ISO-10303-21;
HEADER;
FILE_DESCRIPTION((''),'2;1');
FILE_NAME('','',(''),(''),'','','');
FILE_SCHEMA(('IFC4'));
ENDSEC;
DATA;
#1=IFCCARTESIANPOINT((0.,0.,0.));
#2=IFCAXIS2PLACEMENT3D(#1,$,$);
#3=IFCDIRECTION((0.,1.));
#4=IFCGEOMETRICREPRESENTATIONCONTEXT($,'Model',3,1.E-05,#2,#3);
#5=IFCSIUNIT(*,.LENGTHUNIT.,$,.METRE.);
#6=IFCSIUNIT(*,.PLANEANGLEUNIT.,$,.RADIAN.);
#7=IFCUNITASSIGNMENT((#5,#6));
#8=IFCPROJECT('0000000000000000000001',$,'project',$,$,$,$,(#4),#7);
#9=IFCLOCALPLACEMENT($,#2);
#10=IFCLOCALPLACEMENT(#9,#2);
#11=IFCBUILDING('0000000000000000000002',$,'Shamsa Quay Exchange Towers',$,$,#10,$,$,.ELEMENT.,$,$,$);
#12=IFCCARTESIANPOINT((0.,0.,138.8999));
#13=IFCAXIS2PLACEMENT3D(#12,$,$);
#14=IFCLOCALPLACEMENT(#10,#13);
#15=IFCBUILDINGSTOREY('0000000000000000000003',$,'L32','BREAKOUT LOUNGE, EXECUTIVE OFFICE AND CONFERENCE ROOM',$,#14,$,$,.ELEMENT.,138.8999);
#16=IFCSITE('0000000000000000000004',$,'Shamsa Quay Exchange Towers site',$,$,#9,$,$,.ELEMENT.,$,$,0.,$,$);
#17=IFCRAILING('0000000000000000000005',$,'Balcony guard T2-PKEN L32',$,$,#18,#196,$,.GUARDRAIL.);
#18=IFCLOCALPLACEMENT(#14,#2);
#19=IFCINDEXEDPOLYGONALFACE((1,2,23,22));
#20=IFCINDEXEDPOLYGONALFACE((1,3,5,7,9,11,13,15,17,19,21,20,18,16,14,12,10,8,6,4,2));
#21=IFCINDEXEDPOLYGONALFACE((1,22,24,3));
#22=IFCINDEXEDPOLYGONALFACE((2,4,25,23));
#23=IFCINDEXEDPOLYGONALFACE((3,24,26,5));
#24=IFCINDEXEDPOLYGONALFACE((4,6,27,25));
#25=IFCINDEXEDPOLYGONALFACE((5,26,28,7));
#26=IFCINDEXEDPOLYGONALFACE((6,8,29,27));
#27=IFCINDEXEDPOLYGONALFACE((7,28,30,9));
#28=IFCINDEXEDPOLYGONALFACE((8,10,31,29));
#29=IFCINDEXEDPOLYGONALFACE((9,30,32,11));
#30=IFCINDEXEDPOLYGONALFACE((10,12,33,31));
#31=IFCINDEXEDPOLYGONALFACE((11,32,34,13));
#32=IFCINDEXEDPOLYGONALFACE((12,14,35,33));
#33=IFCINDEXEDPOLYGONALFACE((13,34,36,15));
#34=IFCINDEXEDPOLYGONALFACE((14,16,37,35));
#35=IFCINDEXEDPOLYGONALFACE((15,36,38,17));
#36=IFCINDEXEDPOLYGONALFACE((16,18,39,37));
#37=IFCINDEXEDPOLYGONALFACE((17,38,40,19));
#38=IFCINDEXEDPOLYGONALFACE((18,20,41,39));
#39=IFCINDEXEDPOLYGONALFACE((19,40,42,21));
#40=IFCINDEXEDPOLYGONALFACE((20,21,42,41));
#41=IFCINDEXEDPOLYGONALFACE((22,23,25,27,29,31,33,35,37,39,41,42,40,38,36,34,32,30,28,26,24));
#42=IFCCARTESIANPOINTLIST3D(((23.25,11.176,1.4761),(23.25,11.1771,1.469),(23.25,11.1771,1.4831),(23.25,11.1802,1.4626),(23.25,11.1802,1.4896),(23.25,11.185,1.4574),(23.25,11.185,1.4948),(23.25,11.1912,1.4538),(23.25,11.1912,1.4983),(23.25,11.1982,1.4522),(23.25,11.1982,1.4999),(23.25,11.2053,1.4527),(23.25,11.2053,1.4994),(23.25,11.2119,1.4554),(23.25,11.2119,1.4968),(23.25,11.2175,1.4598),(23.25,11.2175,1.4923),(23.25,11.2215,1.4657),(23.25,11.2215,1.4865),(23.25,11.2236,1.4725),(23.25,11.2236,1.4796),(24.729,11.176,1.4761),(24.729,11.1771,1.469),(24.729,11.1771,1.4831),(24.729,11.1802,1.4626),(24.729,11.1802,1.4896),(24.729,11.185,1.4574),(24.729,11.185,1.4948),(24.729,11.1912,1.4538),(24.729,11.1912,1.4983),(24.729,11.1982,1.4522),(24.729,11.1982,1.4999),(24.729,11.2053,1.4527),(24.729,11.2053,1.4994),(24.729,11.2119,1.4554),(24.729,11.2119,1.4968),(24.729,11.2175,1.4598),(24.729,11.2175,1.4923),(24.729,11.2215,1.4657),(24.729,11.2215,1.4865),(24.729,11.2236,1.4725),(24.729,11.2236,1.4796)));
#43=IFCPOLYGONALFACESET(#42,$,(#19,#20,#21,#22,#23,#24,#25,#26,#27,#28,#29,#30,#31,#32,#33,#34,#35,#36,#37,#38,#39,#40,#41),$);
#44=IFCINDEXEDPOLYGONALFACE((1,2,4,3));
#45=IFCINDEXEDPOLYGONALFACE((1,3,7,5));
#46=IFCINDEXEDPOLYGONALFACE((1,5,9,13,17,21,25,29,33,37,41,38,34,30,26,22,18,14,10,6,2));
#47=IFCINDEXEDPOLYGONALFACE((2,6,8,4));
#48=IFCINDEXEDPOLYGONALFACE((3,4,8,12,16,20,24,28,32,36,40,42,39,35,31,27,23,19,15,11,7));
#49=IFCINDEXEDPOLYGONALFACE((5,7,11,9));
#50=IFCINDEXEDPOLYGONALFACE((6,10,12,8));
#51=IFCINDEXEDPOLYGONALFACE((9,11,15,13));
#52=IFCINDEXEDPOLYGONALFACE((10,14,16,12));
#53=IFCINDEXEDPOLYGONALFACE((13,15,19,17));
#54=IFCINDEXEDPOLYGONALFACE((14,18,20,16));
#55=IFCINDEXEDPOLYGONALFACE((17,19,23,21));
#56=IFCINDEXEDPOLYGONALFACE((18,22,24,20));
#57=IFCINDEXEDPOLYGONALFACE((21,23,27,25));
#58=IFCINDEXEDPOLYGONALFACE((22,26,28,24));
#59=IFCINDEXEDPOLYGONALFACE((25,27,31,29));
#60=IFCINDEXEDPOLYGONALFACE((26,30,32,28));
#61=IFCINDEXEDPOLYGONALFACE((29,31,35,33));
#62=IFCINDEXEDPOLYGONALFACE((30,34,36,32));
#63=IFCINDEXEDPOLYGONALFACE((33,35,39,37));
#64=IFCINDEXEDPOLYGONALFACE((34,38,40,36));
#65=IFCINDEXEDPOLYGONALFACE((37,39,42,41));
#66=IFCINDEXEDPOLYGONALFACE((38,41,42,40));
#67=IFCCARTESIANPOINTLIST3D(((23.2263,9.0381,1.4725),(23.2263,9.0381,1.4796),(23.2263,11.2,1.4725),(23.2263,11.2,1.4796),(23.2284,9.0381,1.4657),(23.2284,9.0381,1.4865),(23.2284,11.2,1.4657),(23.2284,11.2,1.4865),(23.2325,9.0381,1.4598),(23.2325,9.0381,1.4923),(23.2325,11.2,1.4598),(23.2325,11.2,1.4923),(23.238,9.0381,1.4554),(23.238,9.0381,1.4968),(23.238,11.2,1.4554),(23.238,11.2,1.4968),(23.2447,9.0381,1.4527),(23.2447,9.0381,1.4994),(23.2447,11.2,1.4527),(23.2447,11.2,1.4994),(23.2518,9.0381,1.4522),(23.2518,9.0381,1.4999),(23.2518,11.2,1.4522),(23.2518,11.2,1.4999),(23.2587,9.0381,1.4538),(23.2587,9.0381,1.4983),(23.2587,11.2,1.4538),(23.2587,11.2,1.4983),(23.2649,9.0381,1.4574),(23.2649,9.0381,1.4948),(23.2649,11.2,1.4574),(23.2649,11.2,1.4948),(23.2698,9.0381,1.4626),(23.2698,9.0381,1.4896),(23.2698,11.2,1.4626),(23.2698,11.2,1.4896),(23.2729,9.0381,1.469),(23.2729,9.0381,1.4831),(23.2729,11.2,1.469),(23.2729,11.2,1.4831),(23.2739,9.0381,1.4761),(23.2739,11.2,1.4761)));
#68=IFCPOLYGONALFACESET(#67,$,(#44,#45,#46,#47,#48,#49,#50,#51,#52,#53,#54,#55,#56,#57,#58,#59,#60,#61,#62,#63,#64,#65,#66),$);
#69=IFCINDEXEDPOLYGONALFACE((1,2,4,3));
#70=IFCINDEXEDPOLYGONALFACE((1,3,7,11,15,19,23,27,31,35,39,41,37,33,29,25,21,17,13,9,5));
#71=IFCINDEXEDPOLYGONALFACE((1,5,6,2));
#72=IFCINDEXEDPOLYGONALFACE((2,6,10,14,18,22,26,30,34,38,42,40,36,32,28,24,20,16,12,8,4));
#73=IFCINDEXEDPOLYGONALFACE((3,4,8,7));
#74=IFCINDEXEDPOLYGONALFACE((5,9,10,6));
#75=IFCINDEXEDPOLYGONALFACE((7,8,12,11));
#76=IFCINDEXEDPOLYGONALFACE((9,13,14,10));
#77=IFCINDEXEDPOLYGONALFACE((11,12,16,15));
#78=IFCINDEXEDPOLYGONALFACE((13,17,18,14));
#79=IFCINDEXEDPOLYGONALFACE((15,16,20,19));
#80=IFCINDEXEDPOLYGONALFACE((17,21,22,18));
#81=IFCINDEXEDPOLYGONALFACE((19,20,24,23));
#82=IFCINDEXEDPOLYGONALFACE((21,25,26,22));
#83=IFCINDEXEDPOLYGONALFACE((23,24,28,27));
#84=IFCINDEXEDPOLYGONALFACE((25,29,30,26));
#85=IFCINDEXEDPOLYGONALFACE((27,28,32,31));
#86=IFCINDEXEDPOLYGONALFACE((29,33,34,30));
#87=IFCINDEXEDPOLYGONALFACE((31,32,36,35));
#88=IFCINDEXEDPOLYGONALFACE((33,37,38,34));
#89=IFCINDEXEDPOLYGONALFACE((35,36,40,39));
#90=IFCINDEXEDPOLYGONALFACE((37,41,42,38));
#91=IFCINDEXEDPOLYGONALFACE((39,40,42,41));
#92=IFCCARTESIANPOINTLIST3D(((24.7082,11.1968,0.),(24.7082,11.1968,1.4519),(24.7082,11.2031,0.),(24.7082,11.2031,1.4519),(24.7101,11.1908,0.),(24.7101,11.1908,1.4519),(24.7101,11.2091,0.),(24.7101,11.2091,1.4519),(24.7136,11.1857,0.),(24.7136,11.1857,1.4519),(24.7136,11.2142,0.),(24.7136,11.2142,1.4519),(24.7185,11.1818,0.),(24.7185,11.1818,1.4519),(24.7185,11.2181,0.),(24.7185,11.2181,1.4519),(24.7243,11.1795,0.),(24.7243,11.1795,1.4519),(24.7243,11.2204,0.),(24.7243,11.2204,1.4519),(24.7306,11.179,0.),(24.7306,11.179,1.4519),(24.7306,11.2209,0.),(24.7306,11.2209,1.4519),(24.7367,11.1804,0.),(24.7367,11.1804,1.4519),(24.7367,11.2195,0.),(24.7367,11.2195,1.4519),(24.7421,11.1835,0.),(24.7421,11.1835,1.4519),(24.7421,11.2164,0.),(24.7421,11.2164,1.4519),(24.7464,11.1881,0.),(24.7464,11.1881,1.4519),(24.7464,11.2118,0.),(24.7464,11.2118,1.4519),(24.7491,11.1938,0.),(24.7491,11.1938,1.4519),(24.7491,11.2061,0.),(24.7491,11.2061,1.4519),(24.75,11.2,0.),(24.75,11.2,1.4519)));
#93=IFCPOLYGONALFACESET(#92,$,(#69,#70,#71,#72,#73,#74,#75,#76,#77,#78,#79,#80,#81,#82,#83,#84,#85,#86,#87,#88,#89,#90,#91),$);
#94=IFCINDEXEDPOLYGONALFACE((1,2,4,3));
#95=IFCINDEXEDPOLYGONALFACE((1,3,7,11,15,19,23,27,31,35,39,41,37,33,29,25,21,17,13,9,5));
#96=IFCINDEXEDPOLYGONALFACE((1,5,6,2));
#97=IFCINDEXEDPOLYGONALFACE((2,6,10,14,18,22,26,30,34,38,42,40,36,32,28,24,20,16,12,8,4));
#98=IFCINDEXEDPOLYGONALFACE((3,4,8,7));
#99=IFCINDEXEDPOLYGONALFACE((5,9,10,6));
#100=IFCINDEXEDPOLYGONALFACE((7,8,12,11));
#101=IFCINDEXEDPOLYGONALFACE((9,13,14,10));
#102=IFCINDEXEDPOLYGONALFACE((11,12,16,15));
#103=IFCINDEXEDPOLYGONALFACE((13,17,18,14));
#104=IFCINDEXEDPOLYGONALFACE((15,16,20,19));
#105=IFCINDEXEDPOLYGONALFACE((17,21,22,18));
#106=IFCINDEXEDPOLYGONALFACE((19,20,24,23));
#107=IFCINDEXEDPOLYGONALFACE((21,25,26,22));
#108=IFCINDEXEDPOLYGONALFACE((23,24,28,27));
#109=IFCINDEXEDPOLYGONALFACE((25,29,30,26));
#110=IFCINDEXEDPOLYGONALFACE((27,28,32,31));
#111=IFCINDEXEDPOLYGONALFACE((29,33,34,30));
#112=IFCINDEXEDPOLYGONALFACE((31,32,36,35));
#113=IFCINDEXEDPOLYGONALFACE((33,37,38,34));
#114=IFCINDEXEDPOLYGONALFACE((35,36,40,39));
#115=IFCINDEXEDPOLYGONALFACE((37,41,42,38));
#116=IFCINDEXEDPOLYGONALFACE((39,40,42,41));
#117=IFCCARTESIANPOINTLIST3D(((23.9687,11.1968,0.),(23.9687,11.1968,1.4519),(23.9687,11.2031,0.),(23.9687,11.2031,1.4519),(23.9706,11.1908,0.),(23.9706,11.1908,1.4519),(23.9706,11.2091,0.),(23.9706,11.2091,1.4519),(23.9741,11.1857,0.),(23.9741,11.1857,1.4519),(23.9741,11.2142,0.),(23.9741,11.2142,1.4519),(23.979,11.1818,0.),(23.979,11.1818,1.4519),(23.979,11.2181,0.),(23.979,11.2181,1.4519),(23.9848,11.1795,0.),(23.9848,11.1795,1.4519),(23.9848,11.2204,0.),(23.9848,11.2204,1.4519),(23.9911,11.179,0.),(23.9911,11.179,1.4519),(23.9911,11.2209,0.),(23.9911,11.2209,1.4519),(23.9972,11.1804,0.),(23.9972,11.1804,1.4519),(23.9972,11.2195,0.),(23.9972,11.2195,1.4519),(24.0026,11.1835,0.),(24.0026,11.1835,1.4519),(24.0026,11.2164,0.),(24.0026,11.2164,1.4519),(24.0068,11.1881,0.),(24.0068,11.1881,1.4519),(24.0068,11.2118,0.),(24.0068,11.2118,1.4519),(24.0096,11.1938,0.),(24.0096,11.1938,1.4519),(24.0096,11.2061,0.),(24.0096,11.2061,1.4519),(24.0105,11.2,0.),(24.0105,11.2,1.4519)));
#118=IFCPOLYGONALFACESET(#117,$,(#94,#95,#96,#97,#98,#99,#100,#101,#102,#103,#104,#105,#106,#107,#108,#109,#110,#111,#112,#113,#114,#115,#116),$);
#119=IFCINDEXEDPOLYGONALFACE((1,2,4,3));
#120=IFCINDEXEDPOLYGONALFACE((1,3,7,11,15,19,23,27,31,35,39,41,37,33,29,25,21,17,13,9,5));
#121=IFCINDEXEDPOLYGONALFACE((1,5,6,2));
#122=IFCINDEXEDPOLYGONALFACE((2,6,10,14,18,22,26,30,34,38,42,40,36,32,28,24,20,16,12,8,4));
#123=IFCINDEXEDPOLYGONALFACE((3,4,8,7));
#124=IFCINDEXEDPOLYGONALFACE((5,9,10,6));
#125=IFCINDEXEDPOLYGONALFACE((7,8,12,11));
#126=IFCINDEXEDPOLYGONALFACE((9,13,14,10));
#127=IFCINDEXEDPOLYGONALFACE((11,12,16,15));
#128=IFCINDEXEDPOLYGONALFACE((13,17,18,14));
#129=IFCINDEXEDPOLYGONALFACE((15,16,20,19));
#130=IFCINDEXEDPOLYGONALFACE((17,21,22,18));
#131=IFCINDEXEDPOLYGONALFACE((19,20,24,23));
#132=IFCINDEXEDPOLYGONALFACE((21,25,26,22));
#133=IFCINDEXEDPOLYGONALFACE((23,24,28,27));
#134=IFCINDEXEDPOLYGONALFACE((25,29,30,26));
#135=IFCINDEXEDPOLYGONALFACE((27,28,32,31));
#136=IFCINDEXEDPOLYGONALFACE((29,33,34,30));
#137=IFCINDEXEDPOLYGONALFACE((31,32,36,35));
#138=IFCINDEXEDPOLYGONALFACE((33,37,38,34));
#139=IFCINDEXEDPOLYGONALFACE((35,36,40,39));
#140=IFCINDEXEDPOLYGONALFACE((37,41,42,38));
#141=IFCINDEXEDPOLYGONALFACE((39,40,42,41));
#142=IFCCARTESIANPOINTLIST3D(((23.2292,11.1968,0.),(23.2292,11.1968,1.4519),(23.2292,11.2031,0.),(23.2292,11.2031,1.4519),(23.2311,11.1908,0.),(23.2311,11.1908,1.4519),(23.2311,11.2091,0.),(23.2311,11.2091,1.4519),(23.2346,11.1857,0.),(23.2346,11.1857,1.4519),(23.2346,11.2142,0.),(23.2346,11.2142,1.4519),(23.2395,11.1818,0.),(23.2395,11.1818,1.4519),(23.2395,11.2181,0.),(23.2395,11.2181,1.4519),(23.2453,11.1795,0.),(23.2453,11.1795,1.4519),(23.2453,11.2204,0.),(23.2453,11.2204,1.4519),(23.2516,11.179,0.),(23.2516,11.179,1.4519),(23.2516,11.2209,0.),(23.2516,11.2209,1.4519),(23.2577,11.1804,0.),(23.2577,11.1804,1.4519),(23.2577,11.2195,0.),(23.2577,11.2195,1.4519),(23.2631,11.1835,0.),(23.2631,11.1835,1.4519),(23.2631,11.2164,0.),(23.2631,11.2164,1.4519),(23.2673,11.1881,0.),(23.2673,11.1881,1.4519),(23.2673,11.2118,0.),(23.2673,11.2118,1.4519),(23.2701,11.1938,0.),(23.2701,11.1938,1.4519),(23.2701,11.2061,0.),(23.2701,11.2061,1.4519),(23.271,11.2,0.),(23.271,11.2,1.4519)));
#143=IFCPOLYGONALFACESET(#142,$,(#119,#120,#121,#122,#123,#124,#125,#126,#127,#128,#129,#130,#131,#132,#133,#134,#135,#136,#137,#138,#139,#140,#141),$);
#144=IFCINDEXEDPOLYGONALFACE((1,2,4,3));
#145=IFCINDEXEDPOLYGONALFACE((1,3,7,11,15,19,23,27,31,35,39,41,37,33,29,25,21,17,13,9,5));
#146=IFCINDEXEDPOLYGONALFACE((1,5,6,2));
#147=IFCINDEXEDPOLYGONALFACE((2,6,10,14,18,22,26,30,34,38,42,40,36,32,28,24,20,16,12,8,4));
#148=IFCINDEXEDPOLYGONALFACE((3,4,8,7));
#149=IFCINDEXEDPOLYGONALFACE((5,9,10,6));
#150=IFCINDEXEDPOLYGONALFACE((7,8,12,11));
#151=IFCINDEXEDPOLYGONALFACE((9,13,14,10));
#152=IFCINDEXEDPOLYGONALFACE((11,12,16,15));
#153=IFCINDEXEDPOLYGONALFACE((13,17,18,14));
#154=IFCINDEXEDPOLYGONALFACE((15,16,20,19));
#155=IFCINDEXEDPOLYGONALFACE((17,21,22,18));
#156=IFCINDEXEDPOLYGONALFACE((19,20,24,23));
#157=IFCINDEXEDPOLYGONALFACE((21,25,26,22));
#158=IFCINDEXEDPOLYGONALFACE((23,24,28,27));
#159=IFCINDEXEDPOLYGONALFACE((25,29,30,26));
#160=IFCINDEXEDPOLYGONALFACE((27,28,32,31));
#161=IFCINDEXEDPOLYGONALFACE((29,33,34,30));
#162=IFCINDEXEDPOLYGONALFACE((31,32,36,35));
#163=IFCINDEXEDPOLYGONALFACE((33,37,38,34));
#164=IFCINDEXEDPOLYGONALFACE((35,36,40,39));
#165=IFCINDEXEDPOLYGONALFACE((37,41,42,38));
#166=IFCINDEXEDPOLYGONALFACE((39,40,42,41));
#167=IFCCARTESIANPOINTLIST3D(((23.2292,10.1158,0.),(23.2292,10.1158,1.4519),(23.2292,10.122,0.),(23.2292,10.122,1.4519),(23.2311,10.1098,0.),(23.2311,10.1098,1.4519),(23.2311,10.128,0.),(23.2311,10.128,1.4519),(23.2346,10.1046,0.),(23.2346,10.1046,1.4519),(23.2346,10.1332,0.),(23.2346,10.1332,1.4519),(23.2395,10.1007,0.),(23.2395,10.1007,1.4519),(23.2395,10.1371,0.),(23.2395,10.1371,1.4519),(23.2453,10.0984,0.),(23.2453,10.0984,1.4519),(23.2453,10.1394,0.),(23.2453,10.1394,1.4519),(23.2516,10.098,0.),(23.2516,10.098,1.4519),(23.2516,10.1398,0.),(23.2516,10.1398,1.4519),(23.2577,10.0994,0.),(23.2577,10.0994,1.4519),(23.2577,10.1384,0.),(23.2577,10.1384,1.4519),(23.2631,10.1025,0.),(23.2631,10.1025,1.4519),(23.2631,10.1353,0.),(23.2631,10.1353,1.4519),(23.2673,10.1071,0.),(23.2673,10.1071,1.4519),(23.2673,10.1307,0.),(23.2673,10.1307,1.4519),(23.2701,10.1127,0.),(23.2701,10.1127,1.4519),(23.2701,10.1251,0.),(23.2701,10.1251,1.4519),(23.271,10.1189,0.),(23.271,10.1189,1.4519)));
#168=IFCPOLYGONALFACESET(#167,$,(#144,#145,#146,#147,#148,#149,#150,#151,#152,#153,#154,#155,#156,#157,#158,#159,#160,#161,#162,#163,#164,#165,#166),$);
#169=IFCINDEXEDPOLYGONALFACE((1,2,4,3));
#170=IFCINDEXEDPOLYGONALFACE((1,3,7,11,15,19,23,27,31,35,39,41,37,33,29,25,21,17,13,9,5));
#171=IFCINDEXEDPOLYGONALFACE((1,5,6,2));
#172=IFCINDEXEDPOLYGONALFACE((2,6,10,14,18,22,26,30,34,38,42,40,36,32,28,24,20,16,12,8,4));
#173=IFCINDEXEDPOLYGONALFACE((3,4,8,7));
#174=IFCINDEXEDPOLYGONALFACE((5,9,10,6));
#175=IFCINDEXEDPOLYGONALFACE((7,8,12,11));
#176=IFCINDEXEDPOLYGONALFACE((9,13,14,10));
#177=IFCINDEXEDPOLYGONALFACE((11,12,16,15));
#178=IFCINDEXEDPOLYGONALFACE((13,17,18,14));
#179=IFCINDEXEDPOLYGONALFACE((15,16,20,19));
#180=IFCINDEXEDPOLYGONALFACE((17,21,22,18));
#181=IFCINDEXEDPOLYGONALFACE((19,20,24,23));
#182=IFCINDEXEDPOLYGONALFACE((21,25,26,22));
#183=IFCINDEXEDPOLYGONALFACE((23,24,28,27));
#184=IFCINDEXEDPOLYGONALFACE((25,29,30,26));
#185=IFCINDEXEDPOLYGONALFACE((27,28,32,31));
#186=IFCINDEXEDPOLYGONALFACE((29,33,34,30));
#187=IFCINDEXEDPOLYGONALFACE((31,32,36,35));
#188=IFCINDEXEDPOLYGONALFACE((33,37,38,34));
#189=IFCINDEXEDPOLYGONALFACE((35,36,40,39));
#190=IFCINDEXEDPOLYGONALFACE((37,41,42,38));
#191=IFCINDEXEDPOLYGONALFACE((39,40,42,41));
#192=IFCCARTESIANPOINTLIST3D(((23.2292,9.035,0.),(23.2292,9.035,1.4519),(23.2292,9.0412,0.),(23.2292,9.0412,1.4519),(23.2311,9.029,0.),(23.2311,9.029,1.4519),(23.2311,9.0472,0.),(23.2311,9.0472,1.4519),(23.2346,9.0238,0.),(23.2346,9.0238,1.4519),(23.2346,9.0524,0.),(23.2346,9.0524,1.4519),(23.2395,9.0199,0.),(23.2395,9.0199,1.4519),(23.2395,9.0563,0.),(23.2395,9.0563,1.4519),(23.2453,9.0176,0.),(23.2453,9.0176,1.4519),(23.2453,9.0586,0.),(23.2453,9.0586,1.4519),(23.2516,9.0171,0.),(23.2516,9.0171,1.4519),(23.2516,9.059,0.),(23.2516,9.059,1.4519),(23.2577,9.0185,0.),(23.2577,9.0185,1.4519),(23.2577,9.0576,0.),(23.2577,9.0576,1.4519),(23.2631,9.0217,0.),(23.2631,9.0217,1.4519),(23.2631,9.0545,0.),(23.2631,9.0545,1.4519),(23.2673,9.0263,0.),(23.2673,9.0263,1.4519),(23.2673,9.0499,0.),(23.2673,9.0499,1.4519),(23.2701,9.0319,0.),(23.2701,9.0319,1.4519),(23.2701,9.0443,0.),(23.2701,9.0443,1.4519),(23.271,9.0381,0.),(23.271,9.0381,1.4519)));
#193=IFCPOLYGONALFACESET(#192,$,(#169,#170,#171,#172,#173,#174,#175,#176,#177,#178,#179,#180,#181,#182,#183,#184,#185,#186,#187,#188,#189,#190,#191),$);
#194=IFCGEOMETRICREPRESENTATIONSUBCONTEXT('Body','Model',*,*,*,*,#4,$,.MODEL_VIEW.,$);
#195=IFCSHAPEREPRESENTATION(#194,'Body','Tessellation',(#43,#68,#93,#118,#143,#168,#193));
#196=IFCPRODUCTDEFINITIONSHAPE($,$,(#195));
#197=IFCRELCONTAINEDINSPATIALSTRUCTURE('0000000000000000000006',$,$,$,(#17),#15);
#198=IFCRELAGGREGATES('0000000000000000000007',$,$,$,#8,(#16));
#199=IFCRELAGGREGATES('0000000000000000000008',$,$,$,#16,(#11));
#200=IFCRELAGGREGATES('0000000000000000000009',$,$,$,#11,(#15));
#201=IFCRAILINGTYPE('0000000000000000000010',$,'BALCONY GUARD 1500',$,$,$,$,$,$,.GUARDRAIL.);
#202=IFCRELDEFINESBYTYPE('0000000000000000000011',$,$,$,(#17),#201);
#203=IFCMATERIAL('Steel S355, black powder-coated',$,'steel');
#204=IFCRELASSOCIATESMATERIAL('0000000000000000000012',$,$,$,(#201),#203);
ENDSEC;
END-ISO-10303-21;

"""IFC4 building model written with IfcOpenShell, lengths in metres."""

from ifc_helpers import new_model, si_unit, direction, frame, origin, origin_2d, place, context, subcontext, project, spatial, circle, extrude, material, type_object, element, save


model = new_model("IFC4")

# Units and contexts
model_context = context("Model", 3, precision=1e-05, world=origin(), true_north=direction((0.0, 1.0)))
body_context = subcontext(model_context, "Body", "Model", "MODEL_VIEW")
ifc_project = project(units=[si_unit("LENGTHUNIT", "METRE"), si_unit("PLANEANGLEUNIT", "RADIAN")], contexts=[model_context])

# Site, building, storey
site_placement = place(None, origin())
site = spatial("IfcSite", under=ifc_project, at=site_placement, Name="Shamsa Quay Exchange Towers site", CompositionType="ELEMENT", RefElevation=0.0)
building_placement = place(site_placement, origin())
building = spatial("IfcBuilding", under=site, at=building_placement, Name="Shamsa Quay Exchange Towers", CompositionType="ELEMENT")
storey_placement = place(building_placement, frame((0.0, 0.0, 138.8999)))
storey = spatial("IfcBuildingStorey", under=building, at=storey_placement, Name="L32", Description="BREAKOUT LOUNGE, EXECUTIVE OFFICE AND CONFERENCE ROOM", CompositionType="ELEMENT", Elevation=138.8999)

# Railing
ifc_material_1 = material(Name="Steel S355, black powder-coated", Category="steel")
railing_type = type_object("IfcRailingType", Name="BALCONY GUARD 1500", PredefinedType="GUARDRAIL", material=ifc_material_1)
railing_placement = place(storey_placement, frame((24.729, 11.2, 0.0)))
element("IfcRailing", 1, at=railing_placement, inside=storey, type_object=railing_type, Name="Balcony guard T2-PKEN L32", PredefinedType="GUARDRAIL", context=body_context, shape_type="SweptSolid", body=[
    extrude(circle(Radius=0.0239, at=origin_2d()), frame((0.0, 0.0, 1.4761), z_axis=(-1.0, 0.0, 0.0), x_axis=(0.0, -1.0, 0.0)), (0.0, 0.0, 1.0), 1.479),
    extrude(circle(Radius=0.0239, at=origin_2d()), frame((-1.479, 0.0, 1.4761), z_axis=(0.0, -1.0, 0.0), x_axis=(1.0, 0.0, 0.0)), (0.0, 0.0, 1.0), 2.1619),
    extrude(circle(Radius=0.021, at=origin_2d()), origin(), (0.0, 0.0, 1.0), 1.4519),
    extrude(circle(Radius=0.021, at=origin_2d()), frame((-0.7395, 0.0, 0.0)), (0.0, 0.0, 1.0), 1.4519),
    extrude(circle(Radius=0.021, at=origin_2d()), frame((-1.479, 0.0, 0.0)), (0.0, 0.0, 1.0), 1.4519),
    extrude(circle(Radius=0.021, at=origin_2d()), frame((-1.479, -1.0811, 0.0)), (0.0, 0.0, 1.0), 1.4519),
    extrude(circle(Radius=0.021, at=origin_2d()), frame((-1.479, -2.1619, 0.0)), (0.0, 0.0, 1.0), 1.4519),
])

save(model, "model.ifc")
